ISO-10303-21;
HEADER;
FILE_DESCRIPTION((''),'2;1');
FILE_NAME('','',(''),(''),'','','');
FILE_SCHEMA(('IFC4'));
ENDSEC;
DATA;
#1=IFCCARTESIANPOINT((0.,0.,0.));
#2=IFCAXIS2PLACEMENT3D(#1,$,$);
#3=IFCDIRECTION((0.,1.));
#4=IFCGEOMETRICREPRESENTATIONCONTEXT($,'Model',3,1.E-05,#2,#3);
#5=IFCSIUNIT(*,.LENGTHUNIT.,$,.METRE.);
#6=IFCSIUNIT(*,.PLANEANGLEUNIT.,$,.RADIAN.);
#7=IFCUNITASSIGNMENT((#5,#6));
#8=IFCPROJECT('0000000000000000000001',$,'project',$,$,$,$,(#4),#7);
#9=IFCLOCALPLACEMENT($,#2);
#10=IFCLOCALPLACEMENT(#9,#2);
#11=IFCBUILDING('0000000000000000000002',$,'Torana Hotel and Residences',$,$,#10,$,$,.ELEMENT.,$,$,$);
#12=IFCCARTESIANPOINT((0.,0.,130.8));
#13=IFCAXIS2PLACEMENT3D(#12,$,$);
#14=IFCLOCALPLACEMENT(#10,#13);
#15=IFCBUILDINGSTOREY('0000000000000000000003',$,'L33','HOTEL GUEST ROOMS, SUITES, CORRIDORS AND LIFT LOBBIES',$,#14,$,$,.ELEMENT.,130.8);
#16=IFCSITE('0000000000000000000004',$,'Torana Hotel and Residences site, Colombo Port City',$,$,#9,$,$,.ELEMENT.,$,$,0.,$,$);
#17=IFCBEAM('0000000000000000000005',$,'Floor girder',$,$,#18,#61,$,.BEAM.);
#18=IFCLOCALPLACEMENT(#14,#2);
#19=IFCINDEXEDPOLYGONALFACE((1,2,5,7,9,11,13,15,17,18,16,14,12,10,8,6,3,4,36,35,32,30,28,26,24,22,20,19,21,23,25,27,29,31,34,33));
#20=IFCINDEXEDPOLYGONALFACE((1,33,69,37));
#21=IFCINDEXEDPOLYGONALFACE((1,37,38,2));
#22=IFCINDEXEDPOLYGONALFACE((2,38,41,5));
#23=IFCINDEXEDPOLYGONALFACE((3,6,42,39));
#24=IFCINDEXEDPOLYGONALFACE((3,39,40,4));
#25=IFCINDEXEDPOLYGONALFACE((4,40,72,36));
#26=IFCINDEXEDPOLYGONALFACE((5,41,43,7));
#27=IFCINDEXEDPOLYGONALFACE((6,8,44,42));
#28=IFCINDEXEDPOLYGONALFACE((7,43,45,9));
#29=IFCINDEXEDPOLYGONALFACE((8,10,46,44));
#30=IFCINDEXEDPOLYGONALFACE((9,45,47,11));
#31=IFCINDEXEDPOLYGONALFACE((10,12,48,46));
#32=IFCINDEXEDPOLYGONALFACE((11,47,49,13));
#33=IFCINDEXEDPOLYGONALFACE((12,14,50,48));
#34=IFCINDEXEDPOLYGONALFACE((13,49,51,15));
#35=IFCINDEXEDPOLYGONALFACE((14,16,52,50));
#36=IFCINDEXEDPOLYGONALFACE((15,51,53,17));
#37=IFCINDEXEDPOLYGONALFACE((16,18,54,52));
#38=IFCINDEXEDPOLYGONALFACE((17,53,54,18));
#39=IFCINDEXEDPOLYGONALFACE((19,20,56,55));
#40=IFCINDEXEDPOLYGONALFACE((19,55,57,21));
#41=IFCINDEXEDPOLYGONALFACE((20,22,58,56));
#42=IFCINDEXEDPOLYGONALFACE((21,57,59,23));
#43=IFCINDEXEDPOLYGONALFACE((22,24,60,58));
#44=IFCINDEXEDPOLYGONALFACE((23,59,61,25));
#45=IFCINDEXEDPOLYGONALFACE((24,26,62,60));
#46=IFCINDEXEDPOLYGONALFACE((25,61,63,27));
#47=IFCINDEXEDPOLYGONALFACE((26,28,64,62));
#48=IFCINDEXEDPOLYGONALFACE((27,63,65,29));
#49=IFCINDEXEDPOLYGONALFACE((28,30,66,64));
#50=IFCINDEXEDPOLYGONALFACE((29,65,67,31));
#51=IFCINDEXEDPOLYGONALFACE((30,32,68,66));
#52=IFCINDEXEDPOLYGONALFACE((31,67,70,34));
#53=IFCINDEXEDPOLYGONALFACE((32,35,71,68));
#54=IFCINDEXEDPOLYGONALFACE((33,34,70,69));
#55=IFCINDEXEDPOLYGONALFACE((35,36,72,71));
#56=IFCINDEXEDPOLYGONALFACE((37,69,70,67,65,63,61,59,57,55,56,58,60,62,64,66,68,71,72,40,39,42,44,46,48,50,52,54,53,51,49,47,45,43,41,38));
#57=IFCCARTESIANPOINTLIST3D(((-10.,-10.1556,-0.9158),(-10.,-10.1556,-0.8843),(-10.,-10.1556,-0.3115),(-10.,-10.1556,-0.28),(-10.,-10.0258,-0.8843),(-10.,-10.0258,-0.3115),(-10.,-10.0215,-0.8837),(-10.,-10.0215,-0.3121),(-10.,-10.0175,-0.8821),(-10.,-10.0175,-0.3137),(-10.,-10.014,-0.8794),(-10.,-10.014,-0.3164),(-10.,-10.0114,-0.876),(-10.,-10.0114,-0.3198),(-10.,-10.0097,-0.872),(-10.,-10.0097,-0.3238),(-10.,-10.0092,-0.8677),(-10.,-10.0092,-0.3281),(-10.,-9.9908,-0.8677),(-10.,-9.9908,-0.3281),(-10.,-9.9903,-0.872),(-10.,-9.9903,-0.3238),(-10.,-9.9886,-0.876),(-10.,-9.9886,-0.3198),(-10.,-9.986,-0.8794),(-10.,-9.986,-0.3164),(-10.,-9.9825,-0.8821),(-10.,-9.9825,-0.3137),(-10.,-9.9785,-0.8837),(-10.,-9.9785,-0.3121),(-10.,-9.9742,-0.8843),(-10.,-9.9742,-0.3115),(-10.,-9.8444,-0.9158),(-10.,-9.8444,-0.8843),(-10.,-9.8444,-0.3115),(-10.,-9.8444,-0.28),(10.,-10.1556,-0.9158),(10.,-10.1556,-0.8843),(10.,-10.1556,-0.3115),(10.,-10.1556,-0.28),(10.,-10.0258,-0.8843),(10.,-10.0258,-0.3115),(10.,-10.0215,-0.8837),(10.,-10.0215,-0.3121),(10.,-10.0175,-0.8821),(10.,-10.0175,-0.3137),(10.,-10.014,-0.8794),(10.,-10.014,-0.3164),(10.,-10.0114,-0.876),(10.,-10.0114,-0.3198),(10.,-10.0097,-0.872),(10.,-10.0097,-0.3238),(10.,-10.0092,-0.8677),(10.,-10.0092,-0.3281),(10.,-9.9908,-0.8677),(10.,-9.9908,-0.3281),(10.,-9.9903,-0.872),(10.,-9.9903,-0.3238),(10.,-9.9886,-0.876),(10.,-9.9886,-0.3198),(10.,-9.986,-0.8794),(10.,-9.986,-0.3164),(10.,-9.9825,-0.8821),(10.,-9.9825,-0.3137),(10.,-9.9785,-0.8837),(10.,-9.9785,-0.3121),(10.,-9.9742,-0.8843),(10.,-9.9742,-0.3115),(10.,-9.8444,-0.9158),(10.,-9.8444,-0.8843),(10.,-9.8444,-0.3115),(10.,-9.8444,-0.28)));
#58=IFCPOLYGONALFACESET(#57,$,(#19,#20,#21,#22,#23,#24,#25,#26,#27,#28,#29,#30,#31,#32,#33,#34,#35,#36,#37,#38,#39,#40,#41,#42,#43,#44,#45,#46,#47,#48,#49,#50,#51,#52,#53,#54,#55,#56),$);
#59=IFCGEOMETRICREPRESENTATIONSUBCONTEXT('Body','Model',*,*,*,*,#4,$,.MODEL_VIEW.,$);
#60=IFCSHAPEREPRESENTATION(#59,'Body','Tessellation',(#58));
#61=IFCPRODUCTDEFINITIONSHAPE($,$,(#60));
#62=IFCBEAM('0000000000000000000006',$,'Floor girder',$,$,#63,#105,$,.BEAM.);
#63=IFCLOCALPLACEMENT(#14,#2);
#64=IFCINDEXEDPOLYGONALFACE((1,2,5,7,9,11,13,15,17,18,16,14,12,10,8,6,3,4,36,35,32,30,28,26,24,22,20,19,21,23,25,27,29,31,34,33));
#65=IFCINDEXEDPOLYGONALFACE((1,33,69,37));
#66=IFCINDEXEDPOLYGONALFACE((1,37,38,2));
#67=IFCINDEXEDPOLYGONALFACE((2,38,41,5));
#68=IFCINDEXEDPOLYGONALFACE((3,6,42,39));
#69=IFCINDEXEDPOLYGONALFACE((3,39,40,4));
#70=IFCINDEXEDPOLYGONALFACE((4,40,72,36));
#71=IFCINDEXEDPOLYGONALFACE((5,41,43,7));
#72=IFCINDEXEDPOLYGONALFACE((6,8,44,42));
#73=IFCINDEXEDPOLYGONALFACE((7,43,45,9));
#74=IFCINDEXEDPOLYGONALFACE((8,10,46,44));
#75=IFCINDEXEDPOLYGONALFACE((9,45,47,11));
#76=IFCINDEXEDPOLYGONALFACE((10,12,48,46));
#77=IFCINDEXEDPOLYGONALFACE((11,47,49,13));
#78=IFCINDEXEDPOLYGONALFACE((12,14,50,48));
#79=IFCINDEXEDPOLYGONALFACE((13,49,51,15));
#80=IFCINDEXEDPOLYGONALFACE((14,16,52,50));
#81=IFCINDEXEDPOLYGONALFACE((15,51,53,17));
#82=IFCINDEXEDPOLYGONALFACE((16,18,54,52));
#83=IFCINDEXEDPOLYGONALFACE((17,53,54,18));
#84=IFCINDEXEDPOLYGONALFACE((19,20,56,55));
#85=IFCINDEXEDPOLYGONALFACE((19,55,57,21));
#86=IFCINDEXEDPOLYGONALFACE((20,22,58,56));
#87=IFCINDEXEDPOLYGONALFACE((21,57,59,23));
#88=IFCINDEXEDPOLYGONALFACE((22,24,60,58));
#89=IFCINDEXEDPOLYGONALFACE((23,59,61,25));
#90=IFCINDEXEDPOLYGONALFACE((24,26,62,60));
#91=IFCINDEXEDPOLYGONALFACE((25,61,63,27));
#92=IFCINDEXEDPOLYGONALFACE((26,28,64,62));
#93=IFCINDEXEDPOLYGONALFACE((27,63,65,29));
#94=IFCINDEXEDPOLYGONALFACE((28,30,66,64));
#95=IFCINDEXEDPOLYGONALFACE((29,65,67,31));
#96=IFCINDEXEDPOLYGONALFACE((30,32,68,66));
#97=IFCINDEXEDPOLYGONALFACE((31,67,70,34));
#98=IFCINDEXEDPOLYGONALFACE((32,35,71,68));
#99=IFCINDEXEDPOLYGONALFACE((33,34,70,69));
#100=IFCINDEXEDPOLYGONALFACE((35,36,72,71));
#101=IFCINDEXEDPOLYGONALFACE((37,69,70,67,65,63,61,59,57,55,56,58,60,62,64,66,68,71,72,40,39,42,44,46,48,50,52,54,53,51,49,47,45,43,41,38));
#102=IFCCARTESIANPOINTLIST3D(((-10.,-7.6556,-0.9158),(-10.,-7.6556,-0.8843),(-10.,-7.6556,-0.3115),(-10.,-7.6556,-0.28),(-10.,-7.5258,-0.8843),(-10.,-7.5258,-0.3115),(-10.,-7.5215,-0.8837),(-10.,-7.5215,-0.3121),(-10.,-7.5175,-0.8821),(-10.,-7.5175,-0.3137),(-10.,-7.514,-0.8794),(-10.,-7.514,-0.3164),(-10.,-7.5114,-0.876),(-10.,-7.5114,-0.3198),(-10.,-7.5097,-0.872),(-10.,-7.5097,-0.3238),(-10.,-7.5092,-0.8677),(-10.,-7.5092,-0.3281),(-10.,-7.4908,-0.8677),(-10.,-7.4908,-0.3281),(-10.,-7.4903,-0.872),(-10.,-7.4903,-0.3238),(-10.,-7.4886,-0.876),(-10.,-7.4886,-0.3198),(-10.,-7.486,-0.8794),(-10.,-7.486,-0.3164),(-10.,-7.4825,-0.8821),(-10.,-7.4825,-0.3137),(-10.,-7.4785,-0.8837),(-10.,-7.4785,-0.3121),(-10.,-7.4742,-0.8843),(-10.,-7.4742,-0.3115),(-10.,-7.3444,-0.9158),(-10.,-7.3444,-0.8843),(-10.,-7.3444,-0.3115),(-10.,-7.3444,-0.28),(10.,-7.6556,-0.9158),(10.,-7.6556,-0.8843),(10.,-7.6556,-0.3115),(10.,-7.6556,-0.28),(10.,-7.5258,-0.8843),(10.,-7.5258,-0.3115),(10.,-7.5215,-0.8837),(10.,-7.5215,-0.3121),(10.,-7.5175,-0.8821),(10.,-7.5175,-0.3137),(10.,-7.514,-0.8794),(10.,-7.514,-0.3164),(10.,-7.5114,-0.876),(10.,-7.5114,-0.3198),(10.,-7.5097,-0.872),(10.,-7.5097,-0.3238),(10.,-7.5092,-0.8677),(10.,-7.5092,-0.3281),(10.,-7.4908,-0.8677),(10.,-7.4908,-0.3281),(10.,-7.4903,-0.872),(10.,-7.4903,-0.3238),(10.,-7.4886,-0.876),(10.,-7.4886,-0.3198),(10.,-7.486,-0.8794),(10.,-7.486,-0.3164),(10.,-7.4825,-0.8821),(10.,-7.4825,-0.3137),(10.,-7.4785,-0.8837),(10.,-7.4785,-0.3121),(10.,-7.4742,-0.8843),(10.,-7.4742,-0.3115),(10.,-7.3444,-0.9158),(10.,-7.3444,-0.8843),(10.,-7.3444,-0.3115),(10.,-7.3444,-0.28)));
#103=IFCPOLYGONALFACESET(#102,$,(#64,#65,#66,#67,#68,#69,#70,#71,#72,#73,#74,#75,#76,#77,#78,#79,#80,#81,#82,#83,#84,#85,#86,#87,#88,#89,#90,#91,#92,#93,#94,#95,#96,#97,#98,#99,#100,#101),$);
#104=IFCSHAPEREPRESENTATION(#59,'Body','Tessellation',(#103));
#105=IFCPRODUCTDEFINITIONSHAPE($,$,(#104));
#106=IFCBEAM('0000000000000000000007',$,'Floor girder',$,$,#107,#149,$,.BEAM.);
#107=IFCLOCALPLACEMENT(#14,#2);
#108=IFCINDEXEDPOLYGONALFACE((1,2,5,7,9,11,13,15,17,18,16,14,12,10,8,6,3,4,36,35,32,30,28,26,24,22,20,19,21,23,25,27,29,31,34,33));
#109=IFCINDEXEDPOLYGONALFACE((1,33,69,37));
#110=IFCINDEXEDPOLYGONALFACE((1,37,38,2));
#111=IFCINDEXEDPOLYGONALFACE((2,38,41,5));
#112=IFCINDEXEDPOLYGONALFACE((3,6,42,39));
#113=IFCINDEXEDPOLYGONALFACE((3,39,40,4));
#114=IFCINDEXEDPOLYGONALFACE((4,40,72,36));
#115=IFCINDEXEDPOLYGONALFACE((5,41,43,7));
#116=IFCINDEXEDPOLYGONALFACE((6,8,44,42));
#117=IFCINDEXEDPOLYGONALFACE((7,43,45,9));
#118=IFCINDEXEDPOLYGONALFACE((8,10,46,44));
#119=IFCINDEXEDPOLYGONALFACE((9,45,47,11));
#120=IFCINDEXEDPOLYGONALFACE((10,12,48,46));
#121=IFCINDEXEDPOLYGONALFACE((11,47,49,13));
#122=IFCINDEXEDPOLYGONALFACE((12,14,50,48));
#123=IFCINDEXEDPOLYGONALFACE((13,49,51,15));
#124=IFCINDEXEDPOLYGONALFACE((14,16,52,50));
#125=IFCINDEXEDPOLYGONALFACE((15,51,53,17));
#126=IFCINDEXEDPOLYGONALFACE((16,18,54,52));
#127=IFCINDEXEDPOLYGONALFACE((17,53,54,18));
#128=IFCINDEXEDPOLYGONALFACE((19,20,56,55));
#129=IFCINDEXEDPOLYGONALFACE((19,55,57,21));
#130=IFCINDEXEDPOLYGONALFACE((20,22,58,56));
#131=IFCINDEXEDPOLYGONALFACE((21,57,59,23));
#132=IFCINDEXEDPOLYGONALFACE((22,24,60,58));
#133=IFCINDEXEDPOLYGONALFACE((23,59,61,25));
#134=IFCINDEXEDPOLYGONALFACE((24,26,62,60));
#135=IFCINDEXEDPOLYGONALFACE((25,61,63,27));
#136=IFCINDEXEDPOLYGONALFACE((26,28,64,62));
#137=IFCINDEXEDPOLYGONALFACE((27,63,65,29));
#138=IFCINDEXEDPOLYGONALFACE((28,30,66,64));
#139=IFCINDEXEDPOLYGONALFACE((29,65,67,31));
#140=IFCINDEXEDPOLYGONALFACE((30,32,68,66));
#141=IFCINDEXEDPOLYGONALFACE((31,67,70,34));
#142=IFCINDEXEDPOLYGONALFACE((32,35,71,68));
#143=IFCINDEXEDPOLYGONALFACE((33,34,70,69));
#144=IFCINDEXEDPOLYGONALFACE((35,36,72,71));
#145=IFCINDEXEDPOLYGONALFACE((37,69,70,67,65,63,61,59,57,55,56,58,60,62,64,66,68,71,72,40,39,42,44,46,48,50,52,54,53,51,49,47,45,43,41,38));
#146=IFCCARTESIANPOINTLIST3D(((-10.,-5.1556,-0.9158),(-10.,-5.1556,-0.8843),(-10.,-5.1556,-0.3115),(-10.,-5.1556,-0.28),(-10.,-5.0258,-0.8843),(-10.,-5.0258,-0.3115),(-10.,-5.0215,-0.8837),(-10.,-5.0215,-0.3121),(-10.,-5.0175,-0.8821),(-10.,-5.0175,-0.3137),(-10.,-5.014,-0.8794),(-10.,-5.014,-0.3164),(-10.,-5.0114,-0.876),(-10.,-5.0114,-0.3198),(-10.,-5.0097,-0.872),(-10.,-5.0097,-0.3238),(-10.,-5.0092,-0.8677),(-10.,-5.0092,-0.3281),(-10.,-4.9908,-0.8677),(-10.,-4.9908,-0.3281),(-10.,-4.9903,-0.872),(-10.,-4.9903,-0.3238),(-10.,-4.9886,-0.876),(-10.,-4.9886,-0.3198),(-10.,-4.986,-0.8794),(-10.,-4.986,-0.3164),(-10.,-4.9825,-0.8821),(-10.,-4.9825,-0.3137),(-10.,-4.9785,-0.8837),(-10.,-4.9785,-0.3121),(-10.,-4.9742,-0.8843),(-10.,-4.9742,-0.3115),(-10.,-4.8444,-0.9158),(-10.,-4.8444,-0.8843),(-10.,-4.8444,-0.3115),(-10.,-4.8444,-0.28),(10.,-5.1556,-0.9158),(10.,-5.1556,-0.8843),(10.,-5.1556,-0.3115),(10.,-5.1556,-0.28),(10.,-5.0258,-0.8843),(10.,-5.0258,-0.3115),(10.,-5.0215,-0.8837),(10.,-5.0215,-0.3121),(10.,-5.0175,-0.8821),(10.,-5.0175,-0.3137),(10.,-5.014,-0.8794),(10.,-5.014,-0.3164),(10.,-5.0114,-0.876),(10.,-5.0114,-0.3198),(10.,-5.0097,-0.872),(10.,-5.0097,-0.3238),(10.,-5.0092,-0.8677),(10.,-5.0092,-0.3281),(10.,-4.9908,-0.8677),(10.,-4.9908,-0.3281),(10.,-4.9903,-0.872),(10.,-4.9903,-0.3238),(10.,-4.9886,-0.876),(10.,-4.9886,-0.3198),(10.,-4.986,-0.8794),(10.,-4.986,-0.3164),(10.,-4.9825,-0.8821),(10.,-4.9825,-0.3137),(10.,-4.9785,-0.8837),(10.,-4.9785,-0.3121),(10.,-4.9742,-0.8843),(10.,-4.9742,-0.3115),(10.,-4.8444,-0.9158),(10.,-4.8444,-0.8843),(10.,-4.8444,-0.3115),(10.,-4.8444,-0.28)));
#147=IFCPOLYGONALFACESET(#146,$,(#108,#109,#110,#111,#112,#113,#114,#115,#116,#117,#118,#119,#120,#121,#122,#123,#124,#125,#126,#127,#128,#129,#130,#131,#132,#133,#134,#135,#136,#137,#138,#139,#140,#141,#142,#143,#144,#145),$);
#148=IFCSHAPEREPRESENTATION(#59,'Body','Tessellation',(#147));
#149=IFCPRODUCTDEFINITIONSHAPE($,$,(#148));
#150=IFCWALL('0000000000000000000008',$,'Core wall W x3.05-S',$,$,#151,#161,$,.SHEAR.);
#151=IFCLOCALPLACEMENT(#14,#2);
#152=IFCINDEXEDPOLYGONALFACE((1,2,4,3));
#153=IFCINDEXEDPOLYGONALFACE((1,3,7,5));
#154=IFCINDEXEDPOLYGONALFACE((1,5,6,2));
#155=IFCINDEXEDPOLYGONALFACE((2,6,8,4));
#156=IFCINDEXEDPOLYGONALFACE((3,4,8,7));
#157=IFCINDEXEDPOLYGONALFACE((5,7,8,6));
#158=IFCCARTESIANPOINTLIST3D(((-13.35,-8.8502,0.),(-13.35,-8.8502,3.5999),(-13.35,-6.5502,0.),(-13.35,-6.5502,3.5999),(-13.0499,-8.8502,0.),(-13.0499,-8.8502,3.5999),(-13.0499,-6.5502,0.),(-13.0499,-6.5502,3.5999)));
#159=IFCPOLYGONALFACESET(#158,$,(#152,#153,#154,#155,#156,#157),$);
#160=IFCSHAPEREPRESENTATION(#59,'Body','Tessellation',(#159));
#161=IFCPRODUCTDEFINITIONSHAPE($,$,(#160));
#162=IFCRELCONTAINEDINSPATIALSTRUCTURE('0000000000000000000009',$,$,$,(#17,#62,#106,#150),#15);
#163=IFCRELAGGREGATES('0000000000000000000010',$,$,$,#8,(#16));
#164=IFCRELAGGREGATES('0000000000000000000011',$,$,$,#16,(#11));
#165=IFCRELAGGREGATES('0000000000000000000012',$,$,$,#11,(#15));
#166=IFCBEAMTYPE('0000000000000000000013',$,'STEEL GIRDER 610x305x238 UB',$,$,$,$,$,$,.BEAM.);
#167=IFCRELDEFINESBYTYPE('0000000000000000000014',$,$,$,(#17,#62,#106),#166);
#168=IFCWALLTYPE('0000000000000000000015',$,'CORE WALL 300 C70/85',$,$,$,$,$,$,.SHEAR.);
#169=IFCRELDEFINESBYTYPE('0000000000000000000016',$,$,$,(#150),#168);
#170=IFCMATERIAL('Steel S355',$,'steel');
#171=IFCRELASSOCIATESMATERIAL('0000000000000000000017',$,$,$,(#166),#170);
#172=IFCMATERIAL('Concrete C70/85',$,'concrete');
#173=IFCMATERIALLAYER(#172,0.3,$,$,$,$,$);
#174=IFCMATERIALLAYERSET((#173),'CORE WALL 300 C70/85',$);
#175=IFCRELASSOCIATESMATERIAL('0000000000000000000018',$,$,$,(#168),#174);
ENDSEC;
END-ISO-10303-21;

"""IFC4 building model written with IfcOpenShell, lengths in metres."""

from ifc_helpers import new_model, si_unit, direction, frame, frame_2d, origin, origin_2d, place, context, subcontext, project, spatial, rectangle, i_section, extrude, material, layer, layer_set, material_profile, profile_set, type_object, element, save


model = new_model("IFC4")

# Units and contexts
model_context = context("Model", 3, precision=1e-05, world=origin(), true_north=direction((0.0, 1.0)))
body_context = subcontext(model_context, "Body", "Model", "MODEL_VIEW")
ifc_project = project(units=[si_unit("LENGTHUNIT", "METRE"), si_unit("PLANEANGLEUNIT", "RADIAN")], contexts=[model_context])

# Site, building, storey
site_placement = place(None, origin())
site = spatial("IfcSite", under=ifc_project, at=site_placement, Name="Torana Hotel and Residences site, Colombo Port City", CompositionType="ELEMENT", RefElevation=0.0)
building_placement = place(site_placement, origin())
building = spatial("IfcBuilding", under=site, at=building_placement, Name="Torana Hotel and Residences", CompositionType="ELEMENT")
storey_placement = place(building_placement, frame((0.0, 0.0, 130.8)))
storey = spatial("IfcBuildingStorey", under=building, at=storey_placement, Name="L33", Description="HOTEL GUEST ROOMS, SUITES, CORRIDORS AND LIFT LOBBIES", CompositionType="ELEMENT", Elevation=130.8)

# Beams
ifc_material_1 = material(Name="Steel S355", Category="steel")
ifc_material_profile = material_profile(ifc_material_1, i_section(OverallWidth=0.3113, OverallDepth=0.6357, WebThickness=0.0183, FlangeThickness=0.0315, FilletRadius=0.0166, at=origin_2d()), Name="610x305x238 UB")
ifc_profile_set = profile_set([ifc_material_profile], Name="Steel S355")
beam_type = type_object("IfcBeamType", Name="STEEL GIRDER 610x305x238 UB", PredefinedType="BEAM", material=ifc_profile_set)
for number, where, z_axis, x_axis, name in (
    (1, (-10.0, -10.0, -0.5979), (1.0, 0.0, 0.0), (0.0, 1.0, 0.0), "Floor girder"),
    (2, (-10.0, -7.5, -0.5979), (1.0, 0.0, 0.0), (0.0, 1.0, 0.0), "Floor girder"),
    (3, (-10.0, -5.0, -0.5979), (1.0, 0.0, 0.0), (0.0, 1.0, 0.0), "Floor girder"),
):
    element("IfcBeam", number, at=place(storey_placement, frame(where, z_axis=z_axis, x_axis=x_axis)), inside=storey, type_object=beam_type, Name=name, PredefinedType="BEAM", context=body_context, shape_type="SweptSolid", body=[
        extrude(i_section(OverallWidth=0.3113, OverallDepth=0.6357, WebThickness=0.0183, FlangeThickness=0.0315, FilletRadius=0.0166, at=origin_2d()), origin(), (0.0, 0.0, 1.0), 20.0),
    ])

# Wall
ifc_material_2 = material(Name="Concrete C70/85", Category="concrete")
ifc_layer_1 = layer(ifc_material_2, 0.3)
ifc_layer_set_1 = layer_set([ifc_layer_1], Name="CORE WALL 300 C70/85")
wall_type_1 = type_object("IfcWallType", Name="CORE WALL 300 C70/85", PredefinedType="SHEAR", material=ifc_layer_set_1)
wall_1_placement = place(storey_placement, frame((-13.2, -8.8501, 0.0), z_axis=(0.0, 0.0, 1.0), x_axis=(0.0, 1.0, 0.0)))
element("IfcWall", 4, at=wall_1_placement, inside=storey, type_object=wall_type_1, Name="Core wall W x3.05-S", PredefinedType="SHEAR", context=body_context, shape_type="SweptSolid", body=[
    extrude(rectangle(XDim=2.3, YDim=0.3, at=frame_2d((1.1499, 0.0))), origin(), (0.0, 0.0, 1.0), 3.5999),
])

save(model, "model.ifc")
